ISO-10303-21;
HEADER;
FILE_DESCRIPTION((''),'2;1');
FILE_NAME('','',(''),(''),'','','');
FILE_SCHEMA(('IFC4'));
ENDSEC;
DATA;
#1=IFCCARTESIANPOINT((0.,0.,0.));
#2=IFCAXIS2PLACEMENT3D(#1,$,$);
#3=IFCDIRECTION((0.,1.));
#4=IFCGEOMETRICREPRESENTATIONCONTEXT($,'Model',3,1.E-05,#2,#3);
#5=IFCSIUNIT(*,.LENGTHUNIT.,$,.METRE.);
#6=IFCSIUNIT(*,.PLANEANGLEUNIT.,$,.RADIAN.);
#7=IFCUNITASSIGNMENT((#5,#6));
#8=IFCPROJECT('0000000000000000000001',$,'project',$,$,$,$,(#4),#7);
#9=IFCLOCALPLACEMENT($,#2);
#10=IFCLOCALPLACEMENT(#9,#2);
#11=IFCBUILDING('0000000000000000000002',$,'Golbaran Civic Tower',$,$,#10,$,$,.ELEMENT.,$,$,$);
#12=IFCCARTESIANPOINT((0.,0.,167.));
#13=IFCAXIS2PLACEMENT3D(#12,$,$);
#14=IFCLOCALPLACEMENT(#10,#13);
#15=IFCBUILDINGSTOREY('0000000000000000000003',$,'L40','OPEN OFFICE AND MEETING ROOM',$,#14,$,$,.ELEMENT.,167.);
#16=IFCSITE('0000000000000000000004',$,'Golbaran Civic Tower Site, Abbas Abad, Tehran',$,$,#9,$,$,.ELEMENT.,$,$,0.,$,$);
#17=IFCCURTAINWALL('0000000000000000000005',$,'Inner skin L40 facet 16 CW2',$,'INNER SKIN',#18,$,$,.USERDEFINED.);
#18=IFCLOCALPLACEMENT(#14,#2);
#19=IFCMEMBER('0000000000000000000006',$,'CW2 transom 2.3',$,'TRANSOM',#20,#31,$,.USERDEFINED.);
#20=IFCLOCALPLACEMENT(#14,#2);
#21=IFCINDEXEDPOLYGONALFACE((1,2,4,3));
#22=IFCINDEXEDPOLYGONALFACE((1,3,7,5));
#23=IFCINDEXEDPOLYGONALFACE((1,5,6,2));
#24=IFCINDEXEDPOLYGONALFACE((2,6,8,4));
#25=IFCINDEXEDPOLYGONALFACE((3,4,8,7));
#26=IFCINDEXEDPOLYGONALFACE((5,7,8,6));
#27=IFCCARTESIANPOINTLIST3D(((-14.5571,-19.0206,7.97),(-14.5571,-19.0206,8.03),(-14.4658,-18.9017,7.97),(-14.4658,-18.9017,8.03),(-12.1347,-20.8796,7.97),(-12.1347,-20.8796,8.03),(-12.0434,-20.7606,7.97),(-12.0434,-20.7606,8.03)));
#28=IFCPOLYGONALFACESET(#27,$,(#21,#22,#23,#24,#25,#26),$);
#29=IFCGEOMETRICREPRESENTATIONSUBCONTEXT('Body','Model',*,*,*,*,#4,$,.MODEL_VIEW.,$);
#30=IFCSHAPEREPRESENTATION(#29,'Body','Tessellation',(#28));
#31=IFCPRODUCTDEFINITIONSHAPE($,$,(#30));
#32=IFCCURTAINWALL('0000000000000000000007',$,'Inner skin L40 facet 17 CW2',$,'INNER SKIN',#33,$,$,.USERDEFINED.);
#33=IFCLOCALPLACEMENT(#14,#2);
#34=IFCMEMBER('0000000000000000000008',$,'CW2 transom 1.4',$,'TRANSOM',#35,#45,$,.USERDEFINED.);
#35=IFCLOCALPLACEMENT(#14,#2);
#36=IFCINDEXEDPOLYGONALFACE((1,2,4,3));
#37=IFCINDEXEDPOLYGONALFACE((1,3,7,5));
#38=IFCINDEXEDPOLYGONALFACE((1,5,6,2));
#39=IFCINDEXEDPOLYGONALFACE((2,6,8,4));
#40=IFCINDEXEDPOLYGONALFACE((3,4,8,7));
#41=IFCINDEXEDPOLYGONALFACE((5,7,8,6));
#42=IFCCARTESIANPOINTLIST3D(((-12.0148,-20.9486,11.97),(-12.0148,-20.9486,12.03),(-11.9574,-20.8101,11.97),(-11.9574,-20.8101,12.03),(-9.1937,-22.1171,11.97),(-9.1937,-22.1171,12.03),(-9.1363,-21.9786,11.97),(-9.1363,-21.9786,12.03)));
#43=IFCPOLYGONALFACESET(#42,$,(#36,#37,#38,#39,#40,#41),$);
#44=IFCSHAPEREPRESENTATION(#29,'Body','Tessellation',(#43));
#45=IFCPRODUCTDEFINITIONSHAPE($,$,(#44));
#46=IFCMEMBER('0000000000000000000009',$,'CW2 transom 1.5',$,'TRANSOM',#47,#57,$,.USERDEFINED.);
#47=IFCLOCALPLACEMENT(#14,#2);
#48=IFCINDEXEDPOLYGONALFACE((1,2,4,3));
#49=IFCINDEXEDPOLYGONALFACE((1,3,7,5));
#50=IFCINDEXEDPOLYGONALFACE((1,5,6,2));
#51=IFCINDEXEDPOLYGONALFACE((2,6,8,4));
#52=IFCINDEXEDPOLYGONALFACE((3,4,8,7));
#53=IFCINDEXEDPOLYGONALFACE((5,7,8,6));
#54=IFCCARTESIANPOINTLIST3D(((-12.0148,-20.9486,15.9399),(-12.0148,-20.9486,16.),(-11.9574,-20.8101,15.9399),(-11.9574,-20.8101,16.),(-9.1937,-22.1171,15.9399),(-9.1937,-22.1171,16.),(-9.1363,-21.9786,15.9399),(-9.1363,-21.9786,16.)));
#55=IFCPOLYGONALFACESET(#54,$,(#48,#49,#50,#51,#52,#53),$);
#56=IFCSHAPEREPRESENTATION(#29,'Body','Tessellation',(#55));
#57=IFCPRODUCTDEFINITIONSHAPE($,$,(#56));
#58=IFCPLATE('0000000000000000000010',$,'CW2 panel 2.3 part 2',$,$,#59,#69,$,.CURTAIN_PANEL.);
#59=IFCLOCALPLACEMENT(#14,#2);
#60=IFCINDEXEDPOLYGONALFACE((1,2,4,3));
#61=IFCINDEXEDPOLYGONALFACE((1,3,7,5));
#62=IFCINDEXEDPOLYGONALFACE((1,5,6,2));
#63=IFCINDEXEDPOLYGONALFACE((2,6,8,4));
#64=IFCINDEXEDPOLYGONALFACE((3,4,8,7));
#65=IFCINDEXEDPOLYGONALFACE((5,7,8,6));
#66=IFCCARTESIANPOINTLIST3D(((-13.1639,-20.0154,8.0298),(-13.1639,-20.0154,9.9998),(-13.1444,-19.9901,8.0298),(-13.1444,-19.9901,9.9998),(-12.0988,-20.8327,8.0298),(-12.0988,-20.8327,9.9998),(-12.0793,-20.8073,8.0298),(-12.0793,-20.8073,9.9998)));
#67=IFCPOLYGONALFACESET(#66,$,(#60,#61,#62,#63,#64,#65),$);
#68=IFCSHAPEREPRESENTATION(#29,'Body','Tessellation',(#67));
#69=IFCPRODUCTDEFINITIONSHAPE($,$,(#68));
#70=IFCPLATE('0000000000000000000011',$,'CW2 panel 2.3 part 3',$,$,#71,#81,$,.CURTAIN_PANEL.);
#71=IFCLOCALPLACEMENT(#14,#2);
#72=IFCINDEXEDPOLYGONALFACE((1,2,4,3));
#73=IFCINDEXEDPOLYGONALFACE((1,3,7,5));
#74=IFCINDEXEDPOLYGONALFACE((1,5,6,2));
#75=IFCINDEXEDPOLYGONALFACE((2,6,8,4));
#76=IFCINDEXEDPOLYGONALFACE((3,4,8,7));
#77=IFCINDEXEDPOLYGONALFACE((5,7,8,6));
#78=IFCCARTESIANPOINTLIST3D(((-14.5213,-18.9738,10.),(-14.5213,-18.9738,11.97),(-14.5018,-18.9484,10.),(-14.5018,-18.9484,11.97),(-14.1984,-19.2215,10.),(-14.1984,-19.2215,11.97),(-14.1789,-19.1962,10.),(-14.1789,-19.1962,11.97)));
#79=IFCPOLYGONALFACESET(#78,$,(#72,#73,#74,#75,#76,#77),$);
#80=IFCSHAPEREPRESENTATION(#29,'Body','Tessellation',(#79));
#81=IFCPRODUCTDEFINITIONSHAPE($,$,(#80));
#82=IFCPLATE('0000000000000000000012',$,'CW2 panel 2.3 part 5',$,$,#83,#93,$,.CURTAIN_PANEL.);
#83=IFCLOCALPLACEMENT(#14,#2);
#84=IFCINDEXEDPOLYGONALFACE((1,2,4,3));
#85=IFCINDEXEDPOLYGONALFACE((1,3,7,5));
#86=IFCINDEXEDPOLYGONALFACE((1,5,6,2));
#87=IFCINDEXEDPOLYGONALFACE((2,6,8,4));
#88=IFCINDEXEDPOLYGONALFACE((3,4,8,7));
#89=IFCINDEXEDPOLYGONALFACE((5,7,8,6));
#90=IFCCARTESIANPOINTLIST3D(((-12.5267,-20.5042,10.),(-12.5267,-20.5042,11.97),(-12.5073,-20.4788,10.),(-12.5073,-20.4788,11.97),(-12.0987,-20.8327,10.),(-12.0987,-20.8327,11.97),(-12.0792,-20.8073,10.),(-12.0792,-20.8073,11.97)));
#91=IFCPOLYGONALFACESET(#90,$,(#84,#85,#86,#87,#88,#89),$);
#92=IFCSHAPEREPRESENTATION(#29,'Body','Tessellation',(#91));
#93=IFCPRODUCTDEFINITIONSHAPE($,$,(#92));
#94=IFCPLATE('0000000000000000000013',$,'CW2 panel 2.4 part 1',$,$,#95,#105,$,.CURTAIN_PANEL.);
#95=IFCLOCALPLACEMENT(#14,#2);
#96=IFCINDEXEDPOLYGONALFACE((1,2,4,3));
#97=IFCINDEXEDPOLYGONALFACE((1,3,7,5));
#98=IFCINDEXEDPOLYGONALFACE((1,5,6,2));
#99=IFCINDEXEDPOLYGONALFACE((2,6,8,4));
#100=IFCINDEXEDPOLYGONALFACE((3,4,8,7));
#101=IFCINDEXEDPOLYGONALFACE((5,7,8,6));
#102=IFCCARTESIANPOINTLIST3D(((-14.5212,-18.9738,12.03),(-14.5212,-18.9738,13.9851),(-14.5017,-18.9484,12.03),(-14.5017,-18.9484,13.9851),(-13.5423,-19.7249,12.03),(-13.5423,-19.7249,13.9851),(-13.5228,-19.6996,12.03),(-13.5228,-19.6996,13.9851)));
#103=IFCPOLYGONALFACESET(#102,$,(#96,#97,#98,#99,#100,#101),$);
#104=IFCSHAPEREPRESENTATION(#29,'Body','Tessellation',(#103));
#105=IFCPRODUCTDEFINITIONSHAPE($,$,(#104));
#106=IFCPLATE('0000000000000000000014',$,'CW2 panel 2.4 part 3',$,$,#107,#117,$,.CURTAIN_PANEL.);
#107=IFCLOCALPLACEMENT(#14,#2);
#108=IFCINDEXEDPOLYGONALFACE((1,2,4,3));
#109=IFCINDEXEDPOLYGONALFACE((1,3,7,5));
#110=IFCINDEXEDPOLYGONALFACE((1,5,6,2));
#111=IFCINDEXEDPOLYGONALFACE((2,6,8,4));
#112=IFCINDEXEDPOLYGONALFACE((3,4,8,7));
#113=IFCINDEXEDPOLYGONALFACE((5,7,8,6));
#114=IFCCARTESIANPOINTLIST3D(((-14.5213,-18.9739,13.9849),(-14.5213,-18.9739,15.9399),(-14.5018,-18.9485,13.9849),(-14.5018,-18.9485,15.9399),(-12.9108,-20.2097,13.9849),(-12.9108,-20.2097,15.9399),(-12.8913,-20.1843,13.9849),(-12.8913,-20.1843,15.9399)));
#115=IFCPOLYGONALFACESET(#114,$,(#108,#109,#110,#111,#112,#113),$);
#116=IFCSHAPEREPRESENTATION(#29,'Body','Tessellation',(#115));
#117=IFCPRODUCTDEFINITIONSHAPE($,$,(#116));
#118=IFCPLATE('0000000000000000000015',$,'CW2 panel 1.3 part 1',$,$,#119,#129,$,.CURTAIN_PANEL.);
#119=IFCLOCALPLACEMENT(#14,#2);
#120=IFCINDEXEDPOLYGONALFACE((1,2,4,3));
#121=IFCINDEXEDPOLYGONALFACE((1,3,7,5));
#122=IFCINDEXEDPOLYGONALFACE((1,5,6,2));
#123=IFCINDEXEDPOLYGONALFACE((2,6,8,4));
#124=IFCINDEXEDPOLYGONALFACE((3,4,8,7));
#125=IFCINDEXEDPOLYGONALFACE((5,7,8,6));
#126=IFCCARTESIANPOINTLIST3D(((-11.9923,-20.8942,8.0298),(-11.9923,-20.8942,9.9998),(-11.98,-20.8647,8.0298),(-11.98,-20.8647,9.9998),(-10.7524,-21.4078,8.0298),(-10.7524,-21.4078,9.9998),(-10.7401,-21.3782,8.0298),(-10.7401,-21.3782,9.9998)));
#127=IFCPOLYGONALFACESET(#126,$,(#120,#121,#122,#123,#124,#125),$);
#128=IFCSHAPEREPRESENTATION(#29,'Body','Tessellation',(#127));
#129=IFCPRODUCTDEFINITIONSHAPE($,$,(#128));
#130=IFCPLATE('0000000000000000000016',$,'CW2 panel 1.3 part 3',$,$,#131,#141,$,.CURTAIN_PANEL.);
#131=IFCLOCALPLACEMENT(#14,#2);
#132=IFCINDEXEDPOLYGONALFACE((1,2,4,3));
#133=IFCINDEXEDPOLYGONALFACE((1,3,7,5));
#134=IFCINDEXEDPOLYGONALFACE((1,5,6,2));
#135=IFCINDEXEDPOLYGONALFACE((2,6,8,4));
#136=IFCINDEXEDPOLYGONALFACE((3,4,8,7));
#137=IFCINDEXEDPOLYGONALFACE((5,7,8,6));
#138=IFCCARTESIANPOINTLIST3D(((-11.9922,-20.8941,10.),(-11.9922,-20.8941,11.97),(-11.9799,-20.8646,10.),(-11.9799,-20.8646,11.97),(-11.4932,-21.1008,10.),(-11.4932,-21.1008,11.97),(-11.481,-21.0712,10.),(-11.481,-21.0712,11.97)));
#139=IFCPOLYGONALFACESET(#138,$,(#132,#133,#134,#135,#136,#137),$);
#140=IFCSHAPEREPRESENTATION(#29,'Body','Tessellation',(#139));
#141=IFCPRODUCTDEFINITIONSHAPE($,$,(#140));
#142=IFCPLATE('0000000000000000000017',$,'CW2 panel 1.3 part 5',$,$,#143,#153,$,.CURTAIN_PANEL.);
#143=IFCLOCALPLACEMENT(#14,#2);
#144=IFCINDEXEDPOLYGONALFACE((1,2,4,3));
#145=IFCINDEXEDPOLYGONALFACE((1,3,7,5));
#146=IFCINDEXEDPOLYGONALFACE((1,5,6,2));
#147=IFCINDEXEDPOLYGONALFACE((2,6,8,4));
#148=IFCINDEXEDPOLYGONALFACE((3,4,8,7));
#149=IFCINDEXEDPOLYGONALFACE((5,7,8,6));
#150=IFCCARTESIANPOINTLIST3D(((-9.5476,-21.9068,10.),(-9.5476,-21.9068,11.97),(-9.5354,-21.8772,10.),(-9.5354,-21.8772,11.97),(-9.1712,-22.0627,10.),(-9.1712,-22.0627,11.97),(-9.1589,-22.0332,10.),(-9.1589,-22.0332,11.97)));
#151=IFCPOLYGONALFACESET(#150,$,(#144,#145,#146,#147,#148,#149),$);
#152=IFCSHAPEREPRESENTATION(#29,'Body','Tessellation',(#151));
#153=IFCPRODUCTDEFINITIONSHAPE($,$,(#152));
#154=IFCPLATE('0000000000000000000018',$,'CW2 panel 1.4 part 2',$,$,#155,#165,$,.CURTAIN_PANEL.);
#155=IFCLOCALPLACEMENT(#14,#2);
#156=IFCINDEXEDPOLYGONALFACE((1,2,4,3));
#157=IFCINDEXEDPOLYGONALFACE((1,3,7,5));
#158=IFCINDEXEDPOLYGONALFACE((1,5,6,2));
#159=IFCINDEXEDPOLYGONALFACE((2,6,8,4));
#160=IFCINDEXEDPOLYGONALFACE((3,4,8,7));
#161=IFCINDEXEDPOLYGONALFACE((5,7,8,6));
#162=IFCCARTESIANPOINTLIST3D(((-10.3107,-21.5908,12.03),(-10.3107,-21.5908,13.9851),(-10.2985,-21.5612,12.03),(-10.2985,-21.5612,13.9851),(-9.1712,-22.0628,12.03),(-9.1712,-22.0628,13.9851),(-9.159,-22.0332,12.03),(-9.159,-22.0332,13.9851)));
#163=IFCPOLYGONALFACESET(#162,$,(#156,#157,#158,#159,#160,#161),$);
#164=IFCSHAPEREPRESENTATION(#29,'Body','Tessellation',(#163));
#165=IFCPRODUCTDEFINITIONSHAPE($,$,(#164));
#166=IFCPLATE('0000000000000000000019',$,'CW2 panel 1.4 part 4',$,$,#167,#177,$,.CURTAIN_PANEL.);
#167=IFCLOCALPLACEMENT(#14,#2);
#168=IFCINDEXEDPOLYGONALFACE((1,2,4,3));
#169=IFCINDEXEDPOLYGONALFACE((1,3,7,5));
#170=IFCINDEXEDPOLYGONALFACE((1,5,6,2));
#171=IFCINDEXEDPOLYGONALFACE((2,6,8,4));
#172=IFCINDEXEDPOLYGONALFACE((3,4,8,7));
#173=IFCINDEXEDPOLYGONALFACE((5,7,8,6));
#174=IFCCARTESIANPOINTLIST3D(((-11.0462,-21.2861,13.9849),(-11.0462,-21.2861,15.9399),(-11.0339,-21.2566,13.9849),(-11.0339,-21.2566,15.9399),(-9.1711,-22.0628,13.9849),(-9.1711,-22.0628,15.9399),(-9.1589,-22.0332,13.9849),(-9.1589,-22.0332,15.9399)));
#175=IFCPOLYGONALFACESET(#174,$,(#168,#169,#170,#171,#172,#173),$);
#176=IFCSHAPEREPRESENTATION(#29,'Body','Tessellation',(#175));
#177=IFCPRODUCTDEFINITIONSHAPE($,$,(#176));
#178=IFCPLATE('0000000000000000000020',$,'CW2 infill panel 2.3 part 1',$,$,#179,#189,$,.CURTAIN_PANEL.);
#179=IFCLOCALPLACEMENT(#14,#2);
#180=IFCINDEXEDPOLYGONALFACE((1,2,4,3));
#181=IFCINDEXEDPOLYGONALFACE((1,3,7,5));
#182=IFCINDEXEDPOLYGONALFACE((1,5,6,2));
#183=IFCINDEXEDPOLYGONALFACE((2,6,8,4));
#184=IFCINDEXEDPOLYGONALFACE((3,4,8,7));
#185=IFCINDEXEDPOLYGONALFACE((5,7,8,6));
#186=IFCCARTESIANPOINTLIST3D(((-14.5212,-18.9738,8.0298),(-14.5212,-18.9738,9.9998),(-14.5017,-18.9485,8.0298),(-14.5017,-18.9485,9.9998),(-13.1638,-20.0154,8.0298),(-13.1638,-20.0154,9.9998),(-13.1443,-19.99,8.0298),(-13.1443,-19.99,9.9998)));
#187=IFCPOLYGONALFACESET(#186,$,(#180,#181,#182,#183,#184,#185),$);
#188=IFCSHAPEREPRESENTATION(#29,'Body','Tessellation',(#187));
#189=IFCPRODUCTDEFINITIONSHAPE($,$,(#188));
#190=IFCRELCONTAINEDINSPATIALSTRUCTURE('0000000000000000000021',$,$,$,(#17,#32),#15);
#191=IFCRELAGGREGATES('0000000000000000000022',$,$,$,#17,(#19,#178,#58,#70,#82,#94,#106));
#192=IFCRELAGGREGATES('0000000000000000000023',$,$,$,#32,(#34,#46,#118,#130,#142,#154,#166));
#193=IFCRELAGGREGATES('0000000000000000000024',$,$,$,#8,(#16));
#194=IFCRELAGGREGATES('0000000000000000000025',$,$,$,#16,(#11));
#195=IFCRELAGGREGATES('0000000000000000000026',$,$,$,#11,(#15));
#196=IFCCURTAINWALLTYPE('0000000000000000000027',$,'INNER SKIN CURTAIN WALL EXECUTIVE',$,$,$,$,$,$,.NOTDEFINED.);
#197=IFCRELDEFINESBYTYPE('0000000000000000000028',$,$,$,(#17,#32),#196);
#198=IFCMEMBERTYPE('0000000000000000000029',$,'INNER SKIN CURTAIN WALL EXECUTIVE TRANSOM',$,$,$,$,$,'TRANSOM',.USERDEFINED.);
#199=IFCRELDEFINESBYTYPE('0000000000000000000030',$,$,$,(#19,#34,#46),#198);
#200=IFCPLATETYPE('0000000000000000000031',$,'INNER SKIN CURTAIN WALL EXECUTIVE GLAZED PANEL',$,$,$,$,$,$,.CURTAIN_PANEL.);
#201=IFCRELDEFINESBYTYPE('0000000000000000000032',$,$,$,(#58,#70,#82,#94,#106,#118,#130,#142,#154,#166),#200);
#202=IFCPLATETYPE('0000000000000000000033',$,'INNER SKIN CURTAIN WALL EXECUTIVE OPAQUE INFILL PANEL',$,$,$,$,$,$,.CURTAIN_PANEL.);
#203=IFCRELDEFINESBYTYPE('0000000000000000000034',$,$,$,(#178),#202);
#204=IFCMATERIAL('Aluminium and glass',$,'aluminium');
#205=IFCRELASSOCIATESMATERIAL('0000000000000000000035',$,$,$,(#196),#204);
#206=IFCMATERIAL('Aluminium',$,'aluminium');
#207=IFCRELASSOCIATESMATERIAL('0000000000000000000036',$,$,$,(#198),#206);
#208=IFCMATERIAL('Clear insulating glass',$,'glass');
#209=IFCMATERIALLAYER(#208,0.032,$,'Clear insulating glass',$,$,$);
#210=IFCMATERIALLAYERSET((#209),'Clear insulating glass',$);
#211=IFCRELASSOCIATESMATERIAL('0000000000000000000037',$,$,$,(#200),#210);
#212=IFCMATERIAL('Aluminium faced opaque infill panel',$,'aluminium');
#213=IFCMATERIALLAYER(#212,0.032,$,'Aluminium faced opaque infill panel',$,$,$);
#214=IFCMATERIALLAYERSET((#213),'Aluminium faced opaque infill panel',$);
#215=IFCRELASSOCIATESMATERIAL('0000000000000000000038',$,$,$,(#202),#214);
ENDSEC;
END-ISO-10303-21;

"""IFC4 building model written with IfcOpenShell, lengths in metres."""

from ifc_helpers import new_model, si_unit, direction, frame, origin, origin_2d, place, context, subcontext, project, spatial, rectangle, extrude, material, layer, layer_set, material_profile, profile_set, type_object, element, aggregate, save


model = new_model("IFC4")

# Units and contexts
model_context = context("Model", 3, precision=1e-05, world=origin(), true_north=direction((0.0, 1.0)))
body_context = subcontext(model_context, "Body", "Model", "MODEL_VIEW")
ifc_project = project(units=[si_unit("LENGTHUNIT", "METRE"), si_unit("PLANEANGLEUNIT", "RADIAN")], contexts=[model_context])

# Site, building, storey
site_placement = place(None, origin())
site = spatial("IfcSite", under=ifc_project, at=site_placement, Name="Golbaran Civic Tower Site, Abbas Abad, Tehran", CompositionType="ELEMENT", RefElevation=0.0)
building_placement = place(site_placement, origin())
building = spatial("IfcBuilding", under=site, at=building_placement, Name="Golbaran Civic Tower", CompositionType="ELEMENT")
storey_placement = place(building_placement, frame((0.0, 0.0, 167.0)))
storey = spatial("IfcBuildingStorey", under=building, at=storey_placement, Name="L40", Description="OPEN OFFICE AND MEETING ROOM", CompositionType="ELEMENT", Elevation=167.0)

# Curtain wall, member
ifc_material_1 = material(Name="Aluminium and glass", Category="aluminium")
curtain_wall_type_1 = type_object("IfcCurtainWallType", Name="INNER SKIN CURTAIN WALL EXECUTIVE", PredefinedType="NOTDEFINED", material=ifc_material_1)
curtain_wall_1_placement = place(storey_placement, origin())
curtain_wall_1 = element("IfcCurtainWall", 1, at=curtain_wall_1_placement, inside=storey, type_object=curtain_wall_type_1, Name="Inner skin L40 facet 16 CW2", ObjectType="INNER SKIN", PredefinedType="USERDEFINED")
ifc_material_2 = material(Name="Aluminium", Category="aluminium")
ifc_material_profile = material_profile(ifc_material_2, rectangle(XDim=0.1499, YDim=0.0601, at=origin_2d()), Name="INNER SKIN CURTAIN WALL EXECUTIVE TRANSOM")
ifc_profile_set = profile_set([ifc_material_profile], Name="Aluminium")
member_type = type_object("IfcMemberType", Name="INNER SKIN CURTAIN WALL EXECUTIVE TRANSOM", ElementType="TRANSOM", PredefinedType="USERDEFINED", material=ifc_profile_set)
member_1_placement = place(storey_placement, frame((-14.5115, -18.9612, 8.0), z_axis=(0.793331, -0.608791, 0.0), x_axis=(0.608791, 0.793331, 0.0)))
member_1 = element("IfcMember", 2, at=member_1_placement, type_object=member_type, Name="CW2 transom 2.3", ObjectType="TRANSOM", PredefinedType="USERDEFINED", context=body_context, shape_type="SweptSolid", body=[
    extrude(rectangle(XDim=0.1499, YDim=0.0601, at=origin_2d()), origin(), (0.0, 0.0, 1.0), 3.0535),
])

# Curtain wall, members
curtain_wall_2_placement = place(storey_placement, origin())
curtain_wall_2 = element("IfcCurtainWall", 3, at=curtain_wall_2_placement, inside=storey, type_object=curtain_wall_type_1, Name="Inner skin L40 facet 17 CW2", ObjectType="INNER SKIN", PredefinedType="USERDEFINED")
member_2_placement = place(storey_placement, frame((-11.9861, -20.8794, 12.0), z_axis=(0.923886, -0.382667, 0.0), x_axis=(0.382667, 0.923886, 0.0)))
member_2 = element("IfcMember", 4, at=member_2_placement, type_object=member_type, Name="CW2 transom 1.4", ObjectType="TRANSOM", PredefinedType="USERDEFINED", context=body_context, shape_type="SweptSolid", body=[
    extrude(rectangle(XDim=0.1499, YDim=0.0601, at=origin_2d()), origin(), (0.0, 0.0, 1.0), 3.0535),
])
member_3_placement = place(storey_placement, frame((-11.9861, -20.8794, 15.97), z_axis=(0.923886, -0.382667, 0.0), x_axis=(0.382667, 0.923886, 0.0)))
member_3 = element("IfcMember", 5, at=member_3_placement, type_object=member_type, Name="CW2 transom 1.5", ObjectType="TRANSOM", PredefinedType="USERDEFINED", context=body_context, shape_type="SweptSolid", body=[
    extrude(rectangle(XDim=0.1499, YDim=0.0601, at=origin_2d()), origin(), (0.0, 0.0, 1.0), 3.0535),
])

# Plates
ifc_material_3 = material(Name="Clear insulating glass", Category="glass")
ifc_layer_1 = layer(ifc_material_3, 0.032, Name="Clear insulating glass")
ifc_layer_set_1 = layer_set([ifc_layer_1], Name="Clear insulating glass")
plate_type_1 = type_object("IfcPlateType", Name="INNER SKIN CURTAIN WALL EXECUTIVE GLAZED PANEL", PredefinedType="CURTAIN_PANEL", material=ifc_layer_set_1)
plate_1_placement = place(storey_placement, frame((-12.6216, -20.4114, 8.0298), z_axis=(0.0, 0.0, 1.0), x_axis=(0.793353, -0.608761, 0.0)))
plate_1 = element("IfcPlate", 6, at=plate_1_placement, type_object=plate_type_1, Name="CW2 panel 2.3 part 2", PredefinedType="CURTAIN_PANEL", context=body_context, shape_type="SweptSolid", body=[
    extrude(rectangle(XDim=1.3425, YDim=0.032, at=origin_2d()), origin(), (0.0, 0.0, 1.0), 1.97),
])
plate_2_placement = place(storey_placement, frame((-14.3501, -19.085, 10.0), z_axis=(0.0, 0.0, 1.0), x_axis=(0.793353, -0.608761, 0.0)))
plate_2 = element("IfcPlate", 7, at=plate_2_placement, type_object=plate_type_1, Name="CW2 panel 2.3 part 3", PredefinedType="CURTAIN_PANEL", context=body_context, shape_type="SweptSolid", body=[
    extrude(rectangle(XDim=0.407, YDim=0.032, at=origin_2d()), origin(), (0.0, 0.0, 1.0), 1.97),
])
plate_3_placement = place(storey_placement, frame((-12.303, -20.6558, 10.0), z_axis=(0.0, 0.0, 1.0), x_axis=(0.793353, -0.608761, 0.0)))
plate_3 = element("IfcPlate", 8, at=plate_3_placement, type_object=plate_type_1, Name="CW2 panel 2.3 part 5", PredefinedType="CURTAIN_PANEL", context=body_context, shape_type="SweptSolid", body=[
    extrude(rectangle(XDim=0.5396, YDim=0.032, at=origin_2d()), origin(), (0.0, 0.0, 1.0), 1.97),
])
plate_4_placement = place(storey_placement, frame((-14.022, -19.3367, 12.03), z_axis=(0.0, 0.0, 1.0), x_axis=(0.793353, -0.608761, 0.0)))
plate_4 = element("IfcPlate", 9, at=plate_4_placement, type_object=plate_type_1, Name="CW2 panel 2.4 part 1", PredefinedType="CURTAIN_PANEL", context=body_context, shape_type="SweptSolid", body=[
    extrude(rectangle(XDim=1.2339, YDim=0.032, at=origin_2d()), origin(), (0.0, 0.0, 1.0), 1.9551),
])
plate_5_placement = place(storey_placement, frame((-13.7063, -19.5791, 13.9849), z_axis=(0.0, 0.0, 1.0), x_axis=(0.793353, -0.608761, 0.0)))
plate_5 = element("IfcPlate", 10, at=plate_5_placement, type_object=plate_type_1, Name="CW2 panel 2.4 part 3", PredefinedType="CURTAIN_PANEL", context=body_context, shape_type="SweptSolid", body=[
    extrude(rectangle(XDim=2.03, YDim=0.032, at=origin_2d()), origin(), (0.0, 0.0, 1.0), 1.9551),
])
plate_6_placement = place(storey_placement, frame((-11.3662, -21.1362, 8.0298), z_axis=(0.0, 0.0, 1.0), x_axis=(0.92388, -0.382683, 0.0)))
plate_6 = element("IfcPlate", 11, at=plate_6_placement, type_object=plate_type_1, Name="CW2 panel 1.3 part 1", PredefinedType="CURTAIN_PANEL", context=body_context, shape_type="SweptSolid", body=[
    extrude(rectangle(XDim=1.342, YDim=0.032, at=origin_2d()), origin(), (0.0, 0.0, 1.0), 1.97),
])
plate_7_placement = place(storey_placement, frame((-11.7366, -20.9827, 10.0), z_axis=(0.0, 0.0, 1.0), x_axis=(0.92388, -0.382683, 0.0)))
plate_7 = element("IfcPlate", 12, at=plate_7_placement, type_object=plate_type_1, Name="CW2 panel 1.3 part 3", PredefinedType="CURTAIN_PANEL", context=body_context, shape_type="SweptSolid", body=[
    extrude(rectangle(XDim=0.54, YDim=0.032, at=origin_2d()), origin(), (0.0, 0.0, 1.0), 1.97),
])
plate_8_placement = place(storey_placement, frame((-9.3533, -21.97, 10.0), z_axis=(0.0, 0.0, 1.0), x_axis=(0.92388, -0.382683, 0.0)))
plate_8 = element("IfcPlate", 13, at=plate_8_placement, type_object=plate_type_1, Name="CW2 panel 1.3 part 5", PredefinedType="CURTAIN_PANEL", context=body_context, shape_type="SweptSolid", body=[
    extrude(rectangle(XDim=0.4075, YDim=0.032, at=origin_2d()), origin(), (0.0, 0.0, 1.0), 1.97),
])
plate_9_placement = place(storey_placement, frame((-9.7349, -21.812, 12.03), z_axis=(0.0, 0.0, 1.0), x_axis=(0.92388, -0.382683, 0.0)))
plate_9 = element("IfcPlate", 14, at=plate_9_placement, type_object=plate_type_1, Name="CW2 panel 1.4 part 2", PredefinedType="CURTAIN_PANEL", context=body_context, shape_type="SweptSolid", body=[
    extrude(rectangle(XDim=1.2334, YDim=0.032, at=origin_2d()), origin(), (0.0, 0.0, 1.0), 1.9551),
])
plate_10_placement = place(storey_placement, frame((-10.1025, -21.6597, 13.9849), z_axis=(0.0, 0.0, 1.0), x_axis=(0.92388, -0.382683, 0.0)))
plate_10 = element("IfcPlate", 15, at=plate_10_placement, type_object=plate_type_1, Name="CW2 panel 1.4 part 4", PredefinedType="CURTAIN_PANEL", context=body_context, shape_type="SweptSolid", body=[
    extrude(rectangle(XDim=2.0295, YDim=0.032, at=origin_2d()), origin(), (0.0, 0.0, 1.0), 1.9551),
])
ifc_material_4 = material(Name="Aluminium faced opaque infill panel", Category="aluminium")
ifc_layer_2 = layer(ifc_material_4, 0.032, Name="Aluminium faced opaque infill panel")
ifc_layer_set_2 = layer_set([ifc_layer_2], Name="Aluminium faced opaque infill panel")
plate_type_2 = type_object("IfcPlateType", Name="INNER SKIN CURTAIN WALL EXECUTIVE OPAQUE INFILL PANEL", PredefinedType="CURTAIN_PANEL", material=ifc_layer_set_2)
plate_11_placement = place(storey_placement, frame((-13.8328, -19.4819, 8.0298), z_axis=(0.0, 0.0, 1.0), x_axis=(0.793353, -0.608761, 0.0)))
plate_11 = element("IfcPlate", 16, at=plate_11_placement, type_object=plate_type_2, Name="CW2 infill panel 2.3 part 1", PredefinedType="CURTAIN_PANEL", context=body_context, shape_type="SweptSolid", body=[
    extrude(rectangle(XDim=1.7109, YDim=0.032, at=origin_2d()), origin(), (0.0, 0.0, 1.0), 1.97),
])
aggregate(curtain_wall_1, [member_1, plate_11, plate_1, plate_2, plate_3, plate_4, plate_5])
aggregate(curtain_wall_2, [member_2, member_3, plate_6, plate_7, plate_8, plate_9, plate_10])

save(model, "model.ifc")
